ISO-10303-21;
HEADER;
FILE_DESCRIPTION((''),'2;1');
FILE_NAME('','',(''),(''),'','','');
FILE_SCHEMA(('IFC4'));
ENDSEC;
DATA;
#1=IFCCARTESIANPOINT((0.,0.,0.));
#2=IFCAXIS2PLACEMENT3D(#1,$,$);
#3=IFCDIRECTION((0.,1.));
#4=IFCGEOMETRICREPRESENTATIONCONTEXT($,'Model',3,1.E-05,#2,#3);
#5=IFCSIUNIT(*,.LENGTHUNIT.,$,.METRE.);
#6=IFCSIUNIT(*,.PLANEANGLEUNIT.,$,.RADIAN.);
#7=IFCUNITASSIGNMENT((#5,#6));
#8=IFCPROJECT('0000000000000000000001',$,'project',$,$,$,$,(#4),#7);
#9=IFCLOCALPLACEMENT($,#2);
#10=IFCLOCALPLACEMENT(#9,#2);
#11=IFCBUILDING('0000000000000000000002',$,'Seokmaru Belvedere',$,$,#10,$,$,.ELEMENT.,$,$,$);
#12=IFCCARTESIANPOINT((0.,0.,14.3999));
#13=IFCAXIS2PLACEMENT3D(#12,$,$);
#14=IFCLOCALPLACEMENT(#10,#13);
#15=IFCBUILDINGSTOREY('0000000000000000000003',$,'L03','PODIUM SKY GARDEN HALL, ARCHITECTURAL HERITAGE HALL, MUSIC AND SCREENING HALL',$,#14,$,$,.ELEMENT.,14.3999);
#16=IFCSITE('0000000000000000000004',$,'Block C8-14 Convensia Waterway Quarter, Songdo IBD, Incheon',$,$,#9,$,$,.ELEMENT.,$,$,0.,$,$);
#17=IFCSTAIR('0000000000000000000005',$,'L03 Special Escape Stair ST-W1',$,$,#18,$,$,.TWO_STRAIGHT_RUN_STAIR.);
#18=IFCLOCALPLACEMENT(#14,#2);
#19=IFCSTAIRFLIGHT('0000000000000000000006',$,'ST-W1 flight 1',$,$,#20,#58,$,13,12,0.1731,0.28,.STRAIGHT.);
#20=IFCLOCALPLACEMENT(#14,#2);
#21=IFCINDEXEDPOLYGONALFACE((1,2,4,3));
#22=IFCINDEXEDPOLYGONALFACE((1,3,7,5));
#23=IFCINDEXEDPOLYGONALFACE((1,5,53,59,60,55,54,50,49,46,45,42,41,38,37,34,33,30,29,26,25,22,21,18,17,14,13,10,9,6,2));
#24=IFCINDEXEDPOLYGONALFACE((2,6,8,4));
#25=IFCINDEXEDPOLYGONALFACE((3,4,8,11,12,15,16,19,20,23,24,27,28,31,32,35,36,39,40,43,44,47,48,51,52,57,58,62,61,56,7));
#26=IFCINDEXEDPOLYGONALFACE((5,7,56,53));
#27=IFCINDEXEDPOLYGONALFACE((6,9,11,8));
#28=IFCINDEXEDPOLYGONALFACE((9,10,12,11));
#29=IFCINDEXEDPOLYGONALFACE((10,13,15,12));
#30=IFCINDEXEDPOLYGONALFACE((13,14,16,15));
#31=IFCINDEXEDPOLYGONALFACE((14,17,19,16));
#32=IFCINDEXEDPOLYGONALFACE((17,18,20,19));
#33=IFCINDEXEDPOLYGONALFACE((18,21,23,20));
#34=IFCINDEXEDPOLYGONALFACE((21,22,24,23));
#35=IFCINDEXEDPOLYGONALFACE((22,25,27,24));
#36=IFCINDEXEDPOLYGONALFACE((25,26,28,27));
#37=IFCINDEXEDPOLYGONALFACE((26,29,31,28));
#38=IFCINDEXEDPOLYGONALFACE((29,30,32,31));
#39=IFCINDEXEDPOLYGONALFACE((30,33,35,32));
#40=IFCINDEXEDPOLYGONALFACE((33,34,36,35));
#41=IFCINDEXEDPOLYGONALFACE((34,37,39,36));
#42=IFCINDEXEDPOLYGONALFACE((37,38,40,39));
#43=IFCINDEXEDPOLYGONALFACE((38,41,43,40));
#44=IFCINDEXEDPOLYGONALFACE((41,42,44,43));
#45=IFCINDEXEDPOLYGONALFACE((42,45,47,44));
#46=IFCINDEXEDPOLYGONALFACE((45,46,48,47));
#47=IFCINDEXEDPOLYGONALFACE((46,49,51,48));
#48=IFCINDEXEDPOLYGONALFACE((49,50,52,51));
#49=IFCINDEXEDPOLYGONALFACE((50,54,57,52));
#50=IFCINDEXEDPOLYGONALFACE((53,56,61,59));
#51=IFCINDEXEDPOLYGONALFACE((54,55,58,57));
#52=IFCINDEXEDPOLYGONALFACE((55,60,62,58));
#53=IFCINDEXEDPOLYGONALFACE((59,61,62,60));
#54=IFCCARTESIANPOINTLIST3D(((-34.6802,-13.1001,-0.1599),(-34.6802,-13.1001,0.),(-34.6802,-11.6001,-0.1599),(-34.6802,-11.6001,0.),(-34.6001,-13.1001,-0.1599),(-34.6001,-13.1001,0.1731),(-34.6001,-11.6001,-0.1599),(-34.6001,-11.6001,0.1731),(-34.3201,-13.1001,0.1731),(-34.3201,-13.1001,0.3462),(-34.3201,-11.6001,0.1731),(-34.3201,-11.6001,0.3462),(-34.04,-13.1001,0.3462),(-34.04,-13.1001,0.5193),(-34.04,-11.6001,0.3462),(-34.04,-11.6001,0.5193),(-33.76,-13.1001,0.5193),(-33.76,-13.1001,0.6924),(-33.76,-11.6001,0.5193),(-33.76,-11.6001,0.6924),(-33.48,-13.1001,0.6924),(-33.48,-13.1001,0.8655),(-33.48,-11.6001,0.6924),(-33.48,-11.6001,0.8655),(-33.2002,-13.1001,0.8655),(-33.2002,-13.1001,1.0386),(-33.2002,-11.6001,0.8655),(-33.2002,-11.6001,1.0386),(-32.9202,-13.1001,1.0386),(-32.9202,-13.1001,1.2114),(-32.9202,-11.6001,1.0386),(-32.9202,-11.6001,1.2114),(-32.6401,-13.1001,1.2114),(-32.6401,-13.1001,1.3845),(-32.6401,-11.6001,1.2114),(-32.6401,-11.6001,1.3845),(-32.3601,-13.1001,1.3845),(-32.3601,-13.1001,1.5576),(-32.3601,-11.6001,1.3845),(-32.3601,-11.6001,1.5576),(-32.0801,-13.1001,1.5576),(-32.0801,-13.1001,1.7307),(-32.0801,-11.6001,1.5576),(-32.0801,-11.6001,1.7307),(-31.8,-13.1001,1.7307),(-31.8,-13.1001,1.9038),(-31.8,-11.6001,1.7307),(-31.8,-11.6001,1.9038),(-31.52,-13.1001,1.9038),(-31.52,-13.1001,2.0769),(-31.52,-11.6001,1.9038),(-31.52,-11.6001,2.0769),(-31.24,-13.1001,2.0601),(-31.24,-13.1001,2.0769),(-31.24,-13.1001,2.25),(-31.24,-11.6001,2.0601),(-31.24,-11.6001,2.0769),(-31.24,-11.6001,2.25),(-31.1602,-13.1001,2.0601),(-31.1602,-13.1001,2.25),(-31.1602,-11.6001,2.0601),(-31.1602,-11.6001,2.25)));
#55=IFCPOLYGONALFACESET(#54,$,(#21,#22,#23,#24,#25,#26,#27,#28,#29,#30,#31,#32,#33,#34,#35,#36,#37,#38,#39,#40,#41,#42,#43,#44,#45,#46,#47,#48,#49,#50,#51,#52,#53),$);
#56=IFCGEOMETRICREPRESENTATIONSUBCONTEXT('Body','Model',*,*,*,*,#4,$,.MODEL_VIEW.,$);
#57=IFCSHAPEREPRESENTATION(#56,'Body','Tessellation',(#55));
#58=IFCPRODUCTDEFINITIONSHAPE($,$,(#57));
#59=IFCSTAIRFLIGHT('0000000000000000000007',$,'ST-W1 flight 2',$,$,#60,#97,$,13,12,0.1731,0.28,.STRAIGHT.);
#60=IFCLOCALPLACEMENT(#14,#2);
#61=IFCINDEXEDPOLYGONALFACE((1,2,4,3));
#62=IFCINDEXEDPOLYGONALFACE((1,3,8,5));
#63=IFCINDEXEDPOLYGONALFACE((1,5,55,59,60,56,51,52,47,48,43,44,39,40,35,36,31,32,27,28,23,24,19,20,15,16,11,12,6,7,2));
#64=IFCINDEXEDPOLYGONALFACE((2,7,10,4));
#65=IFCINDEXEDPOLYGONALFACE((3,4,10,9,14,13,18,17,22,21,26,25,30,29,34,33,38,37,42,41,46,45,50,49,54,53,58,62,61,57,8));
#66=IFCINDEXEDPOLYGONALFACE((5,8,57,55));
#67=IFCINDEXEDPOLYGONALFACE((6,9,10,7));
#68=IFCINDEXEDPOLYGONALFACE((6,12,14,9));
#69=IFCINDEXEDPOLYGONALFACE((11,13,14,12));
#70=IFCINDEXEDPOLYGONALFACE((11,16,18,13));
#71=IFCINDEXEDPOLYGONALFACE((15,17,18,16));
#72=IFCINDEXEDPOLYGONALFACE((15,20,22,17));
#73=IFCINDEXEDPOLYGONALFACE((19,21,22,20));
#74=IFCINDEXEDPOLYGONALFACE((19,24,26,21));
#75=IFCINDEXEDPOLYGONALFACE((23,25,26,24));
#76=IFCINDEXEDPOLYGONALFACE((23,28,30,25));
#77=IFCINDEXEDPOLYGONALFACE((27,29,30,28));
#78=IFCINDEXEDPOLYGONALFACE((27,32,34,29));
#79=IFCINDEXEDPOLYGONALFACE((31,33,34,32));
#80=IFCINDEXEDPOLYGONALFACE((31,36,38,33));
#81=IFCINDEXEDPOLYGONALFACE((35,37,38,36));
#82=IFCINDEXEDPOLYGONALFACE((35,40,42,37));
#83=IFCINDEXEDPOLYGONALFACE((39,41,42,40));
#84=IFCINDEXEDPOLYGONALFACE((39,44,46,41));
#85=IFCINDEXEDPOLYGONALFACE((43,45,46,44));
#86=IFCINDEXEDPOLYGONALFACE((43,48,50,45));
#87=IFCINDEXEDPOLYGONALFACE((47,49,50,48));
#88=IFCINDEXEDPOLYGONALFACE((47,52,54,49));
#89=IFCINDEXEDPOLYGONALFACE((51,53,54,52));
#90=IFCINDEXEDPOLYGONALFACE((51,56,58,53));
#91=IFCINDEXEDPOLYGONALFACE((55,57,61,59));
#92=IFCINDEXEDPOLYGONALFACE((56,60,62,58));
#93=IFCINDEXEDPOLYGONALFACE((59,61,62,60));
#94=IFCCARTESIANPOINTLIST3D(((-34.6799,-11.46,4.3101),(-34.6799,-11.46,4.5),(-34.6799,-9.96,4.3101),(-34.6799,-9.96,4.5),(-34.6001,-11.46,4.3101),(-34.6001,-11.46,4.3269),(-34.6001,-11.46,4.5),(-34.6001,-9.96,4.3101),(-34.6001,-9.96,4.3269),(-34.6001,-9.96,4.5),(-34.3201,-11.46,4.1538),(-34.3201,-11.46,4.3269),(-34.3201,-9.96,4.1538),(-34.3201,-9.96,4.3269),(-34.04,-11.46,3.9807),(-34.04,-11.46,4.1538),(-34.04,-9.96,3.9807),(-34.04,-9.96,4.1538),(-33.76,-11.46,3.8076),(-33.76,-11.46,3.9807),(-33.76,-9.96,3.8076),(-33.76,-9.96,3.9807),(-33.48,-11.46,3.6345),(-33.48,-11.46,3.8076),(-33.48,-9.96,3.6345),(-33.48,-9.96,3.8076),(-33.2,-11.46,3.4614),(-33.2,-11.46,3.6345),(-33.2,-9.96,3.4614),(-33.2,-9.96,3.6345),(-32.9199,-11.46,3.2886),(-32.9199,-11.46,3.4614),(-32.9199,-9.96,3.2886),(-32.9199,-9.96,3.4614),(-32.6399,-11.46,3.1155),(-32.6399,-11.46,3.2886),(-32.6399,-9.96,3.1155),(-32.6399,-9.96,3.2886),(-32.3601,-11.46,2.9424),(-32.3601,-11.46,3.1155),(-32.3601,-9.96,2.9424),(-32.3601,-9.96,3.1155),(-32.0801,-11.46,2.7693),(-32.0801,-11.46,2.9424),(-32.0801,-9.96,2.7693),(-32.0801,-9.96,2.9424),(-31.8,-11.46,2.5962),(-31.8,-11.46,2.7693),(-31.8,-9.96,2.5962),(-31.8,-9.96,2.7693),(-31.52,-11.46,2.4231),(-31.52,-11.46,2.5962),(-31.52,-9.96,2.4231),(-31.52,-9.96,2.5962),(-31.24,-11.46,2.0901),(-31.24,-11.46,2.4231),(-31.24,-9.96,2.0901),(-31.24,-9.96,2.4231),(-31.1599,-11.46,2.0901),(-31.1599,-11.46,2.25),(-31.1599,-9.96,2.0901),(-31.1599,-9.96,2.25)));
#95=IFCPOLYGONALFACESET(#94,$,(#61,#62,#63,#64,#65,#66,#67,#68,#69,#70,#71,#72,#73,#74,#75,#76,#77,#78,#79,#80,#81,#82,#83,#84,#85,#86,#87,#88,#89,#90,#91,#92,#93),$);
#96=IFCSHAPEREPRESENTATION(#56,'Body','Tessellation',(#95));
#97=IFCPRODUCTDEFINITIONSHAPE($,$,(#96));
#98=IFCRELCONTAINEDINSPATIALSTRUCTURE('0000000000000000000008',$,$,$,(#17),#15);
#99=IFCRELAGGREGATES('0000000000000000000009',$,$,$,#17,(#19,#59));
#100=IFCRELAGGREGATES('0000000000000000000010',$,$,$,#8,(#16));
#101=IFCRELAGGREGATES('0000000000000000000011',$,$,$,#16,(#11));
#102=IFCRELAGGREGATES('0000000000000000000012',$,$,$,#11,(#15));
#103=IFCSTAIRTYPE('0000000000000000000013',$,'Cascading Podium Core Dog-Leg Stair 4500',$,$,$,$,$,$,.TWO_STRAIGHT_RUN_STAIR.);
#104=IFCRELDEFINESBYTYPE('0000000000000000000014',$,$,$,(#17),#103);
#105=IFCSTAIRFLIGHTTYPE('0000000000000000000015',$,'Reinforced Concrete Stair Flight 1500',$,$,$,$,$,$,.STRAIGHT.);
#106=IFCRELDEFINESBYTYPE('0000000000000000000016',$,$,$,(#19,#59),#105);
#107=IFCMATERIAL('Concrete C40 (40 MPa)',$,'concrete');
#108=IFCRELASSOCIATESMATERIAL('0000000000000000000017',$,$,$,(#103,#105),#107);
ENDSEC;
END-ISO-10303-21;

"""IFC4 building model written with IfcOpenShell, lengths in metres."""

from ifc_helpers import new_model, si_unit, direction, frame, origin, place, context, subcontext, project, spatial, polyline, outline, extrude, material, type_object, element, aggregate, save


model = new_model("IFC4")

# Units and contexts
model_context = context("Model", 3, precision=1e-05, world=origin(), true_north=direction((0.0, 1.0)))
body_context = subcontext(model_context, "Body", "Model", "MODEL_VIEW")
ifc_project = project(units=[si_unit("LENGTHUNIT", "METRE"), si_unit("PLANEANGLEUNIT", "RADIAN")], contexts=[model_context])

# Site, building, storey
site_placement = place(None, origin())
site = spatial("IfcSite", under=ifc_project, at=site_placement, Name="Block C8-14 Convensia Waterway Quarter, Songdo IBD, Incheon", CompositionType="ELEMENT", RefElevation=0.0)
building_placement = place(site_placement, origin())
building = spatial("IfcBuilding", under=site, at=building_placement, Name="Seokmaru Belvedere", CompositionType="ELEMENT")
storey_placement = place(building_placement, frame((0.0, 0.0, 14.3999)))
storey = spatial("IfcBuildingStorey", under=building, at=storey_placement, Name="L03", Description="PODIUM SKY GARDEN HALL, ARCHITECTURAL HERITAGE HALL, MUSIC AND SCREENING HALL", CompositionType="ELEMENT", Elevation=14.3999)

# Shared definitions
ifc_material_1 = material(Name="Concrete C40 (40 MPa)", Category="concrete")

# Stair, stair flights
stair_type = type_object("IfcStairType", Name="Cascading Podium Core Dog-Leg Stair 4500", PredefinedType="TWO_STRAIGHT_RUN_STAIR", material=ifc_material_1)
stair_placement = place(storey_placement, origin())
stair = element("IfcStair", 1, at=stair_placement, inside=storey, type_object=stair_type, Name="L03 Special Escape Stair ST-W1", PredefinedType="TWO_STRAIGHT_RUN_STAIR")
stair_flight_type = type_object("IfcStairFlightType", Name="Reinforced Concrete Stair Flight 1500", PredefinedType="STRAIGHT", material=ifc_material_1)
stair_flight_1_placement = place(storey_placement, frame((-34.6001, -12.3501, 0.0), z_axis=(0.0, 0.0, 1.0), x_axis=(1.0, 0.0, 0.0)))
stair_flight_1 = element("IfcStairFlight", 2, at=stair_flight_1_placement, type_object=stair_flight_type, Name="ST-W1 flight 1", NumberOfRisers=13, NumberOfTreads=12, PredefinedType="STRAIGHT", RiserHeight=0.1731, TreadLength=0.28, context=body_context, shape_type="SweptSolid", body=[
    extrude(outline(polyline([(-0.0801, 0.0), (0.0, 0.1731), (0.28, 0.1731), (0.28, 0.3462), (0.5601, 0.3462), (0.5601, 0.5193), (0.8401, 0.5193), (0.8401, 0.6924), (1.1201, 0.6924), (1.1201, 0.8655), (1.3999, 0.8655), (1.3999, 1.0386), (1.6799, 1.0386), (1.6799, 1.2114), (1.96, 1.2114), (1.96, 1.3845), (2.24, 1.3845), (2.24, 1.5576), (2.52, 1.5576), (2.52, 1.7307), (2.8, 1.7307), (2.8, 1.9038), (3.0801, 1.9038), (3.0801, 2.0769), (3.3601, 2.0769), (3.3601, 2.25), (3.4399, 2.25), (3.4399, 2.0601), (3.3601, 2.0601), (0.0, -0.1599), (-0.0801, -0.1599), (-0.0801, 0.0)])), frame((0.0, 0.75, 0.0), z_axis=(0.0, -1.0, 0.0), x_axis=(1.0, 0.0, 0.0)), (0.0, 0.0, 1.0), 1.5),
])
stair_flight_2_placement = place(storey_placement, frame((-31.24, -10.71, 2.25), z_axis=(0.0, 0.0, 1.0), x_axis=(-1.0, 0.0, 0.0)))
stair_flight_2 = element("IfcStairFlight", 3, at=stair_flight_2_placement, type_object=stair_flight_type, Name="ST-W1 flight 2", NumberOfRisers=13, NumberOfTreads=12, PredefinedType="STRAIGHT", RiserHeight=0.1731, TreadLength=0.28, context=body_context, shape_type="SweptSolid", body=[
    extrude(outline(polyline([(-0.0801, 0.0), (0.0, 0.1731), (0.28, 0.1731), (0.28, 0.3462), (0.5601, 0.3462), (0.5601, 0.5193), (0.8401, 0.5193), (0.8401, 0.6924), (1.1201, 0.6924), (1.1201, 0.8655), (1.3999, 0.8655), (1.3999, 1.0386), (1.6799, 1.0386), (1.6799, 1.2114), (1.96, 1.2114), (1.96, 1.3845), (2.24, 1.3845), (2.24, 1.5576), (2.52, 1.5576), (2.52, 1.7307), (2.8, 1.7307), (2.8, 1.9038), (3.0801, 1.9038), (3.0801, 2.0769), (3.3601, 2.0769), (3.3601, 2.25), (3.4399, 2.25), (3.4399, 2.0601), (3.3601, 2.0601), (0.0, -0.1599), (-0.0801, -0.1599), (-0.0801, 0.0)])), frame((0.0, 0.75, 0.0), z_axis=(0.0, -1.0, 0.0), x_axis=(1.0, 0.0, 0.0)), (0.0, 0.0, 1.0), 1.5),
])
aggregate(stair, [stair_flight_1, stair_flight_2])

save(model, "model.ifc")
